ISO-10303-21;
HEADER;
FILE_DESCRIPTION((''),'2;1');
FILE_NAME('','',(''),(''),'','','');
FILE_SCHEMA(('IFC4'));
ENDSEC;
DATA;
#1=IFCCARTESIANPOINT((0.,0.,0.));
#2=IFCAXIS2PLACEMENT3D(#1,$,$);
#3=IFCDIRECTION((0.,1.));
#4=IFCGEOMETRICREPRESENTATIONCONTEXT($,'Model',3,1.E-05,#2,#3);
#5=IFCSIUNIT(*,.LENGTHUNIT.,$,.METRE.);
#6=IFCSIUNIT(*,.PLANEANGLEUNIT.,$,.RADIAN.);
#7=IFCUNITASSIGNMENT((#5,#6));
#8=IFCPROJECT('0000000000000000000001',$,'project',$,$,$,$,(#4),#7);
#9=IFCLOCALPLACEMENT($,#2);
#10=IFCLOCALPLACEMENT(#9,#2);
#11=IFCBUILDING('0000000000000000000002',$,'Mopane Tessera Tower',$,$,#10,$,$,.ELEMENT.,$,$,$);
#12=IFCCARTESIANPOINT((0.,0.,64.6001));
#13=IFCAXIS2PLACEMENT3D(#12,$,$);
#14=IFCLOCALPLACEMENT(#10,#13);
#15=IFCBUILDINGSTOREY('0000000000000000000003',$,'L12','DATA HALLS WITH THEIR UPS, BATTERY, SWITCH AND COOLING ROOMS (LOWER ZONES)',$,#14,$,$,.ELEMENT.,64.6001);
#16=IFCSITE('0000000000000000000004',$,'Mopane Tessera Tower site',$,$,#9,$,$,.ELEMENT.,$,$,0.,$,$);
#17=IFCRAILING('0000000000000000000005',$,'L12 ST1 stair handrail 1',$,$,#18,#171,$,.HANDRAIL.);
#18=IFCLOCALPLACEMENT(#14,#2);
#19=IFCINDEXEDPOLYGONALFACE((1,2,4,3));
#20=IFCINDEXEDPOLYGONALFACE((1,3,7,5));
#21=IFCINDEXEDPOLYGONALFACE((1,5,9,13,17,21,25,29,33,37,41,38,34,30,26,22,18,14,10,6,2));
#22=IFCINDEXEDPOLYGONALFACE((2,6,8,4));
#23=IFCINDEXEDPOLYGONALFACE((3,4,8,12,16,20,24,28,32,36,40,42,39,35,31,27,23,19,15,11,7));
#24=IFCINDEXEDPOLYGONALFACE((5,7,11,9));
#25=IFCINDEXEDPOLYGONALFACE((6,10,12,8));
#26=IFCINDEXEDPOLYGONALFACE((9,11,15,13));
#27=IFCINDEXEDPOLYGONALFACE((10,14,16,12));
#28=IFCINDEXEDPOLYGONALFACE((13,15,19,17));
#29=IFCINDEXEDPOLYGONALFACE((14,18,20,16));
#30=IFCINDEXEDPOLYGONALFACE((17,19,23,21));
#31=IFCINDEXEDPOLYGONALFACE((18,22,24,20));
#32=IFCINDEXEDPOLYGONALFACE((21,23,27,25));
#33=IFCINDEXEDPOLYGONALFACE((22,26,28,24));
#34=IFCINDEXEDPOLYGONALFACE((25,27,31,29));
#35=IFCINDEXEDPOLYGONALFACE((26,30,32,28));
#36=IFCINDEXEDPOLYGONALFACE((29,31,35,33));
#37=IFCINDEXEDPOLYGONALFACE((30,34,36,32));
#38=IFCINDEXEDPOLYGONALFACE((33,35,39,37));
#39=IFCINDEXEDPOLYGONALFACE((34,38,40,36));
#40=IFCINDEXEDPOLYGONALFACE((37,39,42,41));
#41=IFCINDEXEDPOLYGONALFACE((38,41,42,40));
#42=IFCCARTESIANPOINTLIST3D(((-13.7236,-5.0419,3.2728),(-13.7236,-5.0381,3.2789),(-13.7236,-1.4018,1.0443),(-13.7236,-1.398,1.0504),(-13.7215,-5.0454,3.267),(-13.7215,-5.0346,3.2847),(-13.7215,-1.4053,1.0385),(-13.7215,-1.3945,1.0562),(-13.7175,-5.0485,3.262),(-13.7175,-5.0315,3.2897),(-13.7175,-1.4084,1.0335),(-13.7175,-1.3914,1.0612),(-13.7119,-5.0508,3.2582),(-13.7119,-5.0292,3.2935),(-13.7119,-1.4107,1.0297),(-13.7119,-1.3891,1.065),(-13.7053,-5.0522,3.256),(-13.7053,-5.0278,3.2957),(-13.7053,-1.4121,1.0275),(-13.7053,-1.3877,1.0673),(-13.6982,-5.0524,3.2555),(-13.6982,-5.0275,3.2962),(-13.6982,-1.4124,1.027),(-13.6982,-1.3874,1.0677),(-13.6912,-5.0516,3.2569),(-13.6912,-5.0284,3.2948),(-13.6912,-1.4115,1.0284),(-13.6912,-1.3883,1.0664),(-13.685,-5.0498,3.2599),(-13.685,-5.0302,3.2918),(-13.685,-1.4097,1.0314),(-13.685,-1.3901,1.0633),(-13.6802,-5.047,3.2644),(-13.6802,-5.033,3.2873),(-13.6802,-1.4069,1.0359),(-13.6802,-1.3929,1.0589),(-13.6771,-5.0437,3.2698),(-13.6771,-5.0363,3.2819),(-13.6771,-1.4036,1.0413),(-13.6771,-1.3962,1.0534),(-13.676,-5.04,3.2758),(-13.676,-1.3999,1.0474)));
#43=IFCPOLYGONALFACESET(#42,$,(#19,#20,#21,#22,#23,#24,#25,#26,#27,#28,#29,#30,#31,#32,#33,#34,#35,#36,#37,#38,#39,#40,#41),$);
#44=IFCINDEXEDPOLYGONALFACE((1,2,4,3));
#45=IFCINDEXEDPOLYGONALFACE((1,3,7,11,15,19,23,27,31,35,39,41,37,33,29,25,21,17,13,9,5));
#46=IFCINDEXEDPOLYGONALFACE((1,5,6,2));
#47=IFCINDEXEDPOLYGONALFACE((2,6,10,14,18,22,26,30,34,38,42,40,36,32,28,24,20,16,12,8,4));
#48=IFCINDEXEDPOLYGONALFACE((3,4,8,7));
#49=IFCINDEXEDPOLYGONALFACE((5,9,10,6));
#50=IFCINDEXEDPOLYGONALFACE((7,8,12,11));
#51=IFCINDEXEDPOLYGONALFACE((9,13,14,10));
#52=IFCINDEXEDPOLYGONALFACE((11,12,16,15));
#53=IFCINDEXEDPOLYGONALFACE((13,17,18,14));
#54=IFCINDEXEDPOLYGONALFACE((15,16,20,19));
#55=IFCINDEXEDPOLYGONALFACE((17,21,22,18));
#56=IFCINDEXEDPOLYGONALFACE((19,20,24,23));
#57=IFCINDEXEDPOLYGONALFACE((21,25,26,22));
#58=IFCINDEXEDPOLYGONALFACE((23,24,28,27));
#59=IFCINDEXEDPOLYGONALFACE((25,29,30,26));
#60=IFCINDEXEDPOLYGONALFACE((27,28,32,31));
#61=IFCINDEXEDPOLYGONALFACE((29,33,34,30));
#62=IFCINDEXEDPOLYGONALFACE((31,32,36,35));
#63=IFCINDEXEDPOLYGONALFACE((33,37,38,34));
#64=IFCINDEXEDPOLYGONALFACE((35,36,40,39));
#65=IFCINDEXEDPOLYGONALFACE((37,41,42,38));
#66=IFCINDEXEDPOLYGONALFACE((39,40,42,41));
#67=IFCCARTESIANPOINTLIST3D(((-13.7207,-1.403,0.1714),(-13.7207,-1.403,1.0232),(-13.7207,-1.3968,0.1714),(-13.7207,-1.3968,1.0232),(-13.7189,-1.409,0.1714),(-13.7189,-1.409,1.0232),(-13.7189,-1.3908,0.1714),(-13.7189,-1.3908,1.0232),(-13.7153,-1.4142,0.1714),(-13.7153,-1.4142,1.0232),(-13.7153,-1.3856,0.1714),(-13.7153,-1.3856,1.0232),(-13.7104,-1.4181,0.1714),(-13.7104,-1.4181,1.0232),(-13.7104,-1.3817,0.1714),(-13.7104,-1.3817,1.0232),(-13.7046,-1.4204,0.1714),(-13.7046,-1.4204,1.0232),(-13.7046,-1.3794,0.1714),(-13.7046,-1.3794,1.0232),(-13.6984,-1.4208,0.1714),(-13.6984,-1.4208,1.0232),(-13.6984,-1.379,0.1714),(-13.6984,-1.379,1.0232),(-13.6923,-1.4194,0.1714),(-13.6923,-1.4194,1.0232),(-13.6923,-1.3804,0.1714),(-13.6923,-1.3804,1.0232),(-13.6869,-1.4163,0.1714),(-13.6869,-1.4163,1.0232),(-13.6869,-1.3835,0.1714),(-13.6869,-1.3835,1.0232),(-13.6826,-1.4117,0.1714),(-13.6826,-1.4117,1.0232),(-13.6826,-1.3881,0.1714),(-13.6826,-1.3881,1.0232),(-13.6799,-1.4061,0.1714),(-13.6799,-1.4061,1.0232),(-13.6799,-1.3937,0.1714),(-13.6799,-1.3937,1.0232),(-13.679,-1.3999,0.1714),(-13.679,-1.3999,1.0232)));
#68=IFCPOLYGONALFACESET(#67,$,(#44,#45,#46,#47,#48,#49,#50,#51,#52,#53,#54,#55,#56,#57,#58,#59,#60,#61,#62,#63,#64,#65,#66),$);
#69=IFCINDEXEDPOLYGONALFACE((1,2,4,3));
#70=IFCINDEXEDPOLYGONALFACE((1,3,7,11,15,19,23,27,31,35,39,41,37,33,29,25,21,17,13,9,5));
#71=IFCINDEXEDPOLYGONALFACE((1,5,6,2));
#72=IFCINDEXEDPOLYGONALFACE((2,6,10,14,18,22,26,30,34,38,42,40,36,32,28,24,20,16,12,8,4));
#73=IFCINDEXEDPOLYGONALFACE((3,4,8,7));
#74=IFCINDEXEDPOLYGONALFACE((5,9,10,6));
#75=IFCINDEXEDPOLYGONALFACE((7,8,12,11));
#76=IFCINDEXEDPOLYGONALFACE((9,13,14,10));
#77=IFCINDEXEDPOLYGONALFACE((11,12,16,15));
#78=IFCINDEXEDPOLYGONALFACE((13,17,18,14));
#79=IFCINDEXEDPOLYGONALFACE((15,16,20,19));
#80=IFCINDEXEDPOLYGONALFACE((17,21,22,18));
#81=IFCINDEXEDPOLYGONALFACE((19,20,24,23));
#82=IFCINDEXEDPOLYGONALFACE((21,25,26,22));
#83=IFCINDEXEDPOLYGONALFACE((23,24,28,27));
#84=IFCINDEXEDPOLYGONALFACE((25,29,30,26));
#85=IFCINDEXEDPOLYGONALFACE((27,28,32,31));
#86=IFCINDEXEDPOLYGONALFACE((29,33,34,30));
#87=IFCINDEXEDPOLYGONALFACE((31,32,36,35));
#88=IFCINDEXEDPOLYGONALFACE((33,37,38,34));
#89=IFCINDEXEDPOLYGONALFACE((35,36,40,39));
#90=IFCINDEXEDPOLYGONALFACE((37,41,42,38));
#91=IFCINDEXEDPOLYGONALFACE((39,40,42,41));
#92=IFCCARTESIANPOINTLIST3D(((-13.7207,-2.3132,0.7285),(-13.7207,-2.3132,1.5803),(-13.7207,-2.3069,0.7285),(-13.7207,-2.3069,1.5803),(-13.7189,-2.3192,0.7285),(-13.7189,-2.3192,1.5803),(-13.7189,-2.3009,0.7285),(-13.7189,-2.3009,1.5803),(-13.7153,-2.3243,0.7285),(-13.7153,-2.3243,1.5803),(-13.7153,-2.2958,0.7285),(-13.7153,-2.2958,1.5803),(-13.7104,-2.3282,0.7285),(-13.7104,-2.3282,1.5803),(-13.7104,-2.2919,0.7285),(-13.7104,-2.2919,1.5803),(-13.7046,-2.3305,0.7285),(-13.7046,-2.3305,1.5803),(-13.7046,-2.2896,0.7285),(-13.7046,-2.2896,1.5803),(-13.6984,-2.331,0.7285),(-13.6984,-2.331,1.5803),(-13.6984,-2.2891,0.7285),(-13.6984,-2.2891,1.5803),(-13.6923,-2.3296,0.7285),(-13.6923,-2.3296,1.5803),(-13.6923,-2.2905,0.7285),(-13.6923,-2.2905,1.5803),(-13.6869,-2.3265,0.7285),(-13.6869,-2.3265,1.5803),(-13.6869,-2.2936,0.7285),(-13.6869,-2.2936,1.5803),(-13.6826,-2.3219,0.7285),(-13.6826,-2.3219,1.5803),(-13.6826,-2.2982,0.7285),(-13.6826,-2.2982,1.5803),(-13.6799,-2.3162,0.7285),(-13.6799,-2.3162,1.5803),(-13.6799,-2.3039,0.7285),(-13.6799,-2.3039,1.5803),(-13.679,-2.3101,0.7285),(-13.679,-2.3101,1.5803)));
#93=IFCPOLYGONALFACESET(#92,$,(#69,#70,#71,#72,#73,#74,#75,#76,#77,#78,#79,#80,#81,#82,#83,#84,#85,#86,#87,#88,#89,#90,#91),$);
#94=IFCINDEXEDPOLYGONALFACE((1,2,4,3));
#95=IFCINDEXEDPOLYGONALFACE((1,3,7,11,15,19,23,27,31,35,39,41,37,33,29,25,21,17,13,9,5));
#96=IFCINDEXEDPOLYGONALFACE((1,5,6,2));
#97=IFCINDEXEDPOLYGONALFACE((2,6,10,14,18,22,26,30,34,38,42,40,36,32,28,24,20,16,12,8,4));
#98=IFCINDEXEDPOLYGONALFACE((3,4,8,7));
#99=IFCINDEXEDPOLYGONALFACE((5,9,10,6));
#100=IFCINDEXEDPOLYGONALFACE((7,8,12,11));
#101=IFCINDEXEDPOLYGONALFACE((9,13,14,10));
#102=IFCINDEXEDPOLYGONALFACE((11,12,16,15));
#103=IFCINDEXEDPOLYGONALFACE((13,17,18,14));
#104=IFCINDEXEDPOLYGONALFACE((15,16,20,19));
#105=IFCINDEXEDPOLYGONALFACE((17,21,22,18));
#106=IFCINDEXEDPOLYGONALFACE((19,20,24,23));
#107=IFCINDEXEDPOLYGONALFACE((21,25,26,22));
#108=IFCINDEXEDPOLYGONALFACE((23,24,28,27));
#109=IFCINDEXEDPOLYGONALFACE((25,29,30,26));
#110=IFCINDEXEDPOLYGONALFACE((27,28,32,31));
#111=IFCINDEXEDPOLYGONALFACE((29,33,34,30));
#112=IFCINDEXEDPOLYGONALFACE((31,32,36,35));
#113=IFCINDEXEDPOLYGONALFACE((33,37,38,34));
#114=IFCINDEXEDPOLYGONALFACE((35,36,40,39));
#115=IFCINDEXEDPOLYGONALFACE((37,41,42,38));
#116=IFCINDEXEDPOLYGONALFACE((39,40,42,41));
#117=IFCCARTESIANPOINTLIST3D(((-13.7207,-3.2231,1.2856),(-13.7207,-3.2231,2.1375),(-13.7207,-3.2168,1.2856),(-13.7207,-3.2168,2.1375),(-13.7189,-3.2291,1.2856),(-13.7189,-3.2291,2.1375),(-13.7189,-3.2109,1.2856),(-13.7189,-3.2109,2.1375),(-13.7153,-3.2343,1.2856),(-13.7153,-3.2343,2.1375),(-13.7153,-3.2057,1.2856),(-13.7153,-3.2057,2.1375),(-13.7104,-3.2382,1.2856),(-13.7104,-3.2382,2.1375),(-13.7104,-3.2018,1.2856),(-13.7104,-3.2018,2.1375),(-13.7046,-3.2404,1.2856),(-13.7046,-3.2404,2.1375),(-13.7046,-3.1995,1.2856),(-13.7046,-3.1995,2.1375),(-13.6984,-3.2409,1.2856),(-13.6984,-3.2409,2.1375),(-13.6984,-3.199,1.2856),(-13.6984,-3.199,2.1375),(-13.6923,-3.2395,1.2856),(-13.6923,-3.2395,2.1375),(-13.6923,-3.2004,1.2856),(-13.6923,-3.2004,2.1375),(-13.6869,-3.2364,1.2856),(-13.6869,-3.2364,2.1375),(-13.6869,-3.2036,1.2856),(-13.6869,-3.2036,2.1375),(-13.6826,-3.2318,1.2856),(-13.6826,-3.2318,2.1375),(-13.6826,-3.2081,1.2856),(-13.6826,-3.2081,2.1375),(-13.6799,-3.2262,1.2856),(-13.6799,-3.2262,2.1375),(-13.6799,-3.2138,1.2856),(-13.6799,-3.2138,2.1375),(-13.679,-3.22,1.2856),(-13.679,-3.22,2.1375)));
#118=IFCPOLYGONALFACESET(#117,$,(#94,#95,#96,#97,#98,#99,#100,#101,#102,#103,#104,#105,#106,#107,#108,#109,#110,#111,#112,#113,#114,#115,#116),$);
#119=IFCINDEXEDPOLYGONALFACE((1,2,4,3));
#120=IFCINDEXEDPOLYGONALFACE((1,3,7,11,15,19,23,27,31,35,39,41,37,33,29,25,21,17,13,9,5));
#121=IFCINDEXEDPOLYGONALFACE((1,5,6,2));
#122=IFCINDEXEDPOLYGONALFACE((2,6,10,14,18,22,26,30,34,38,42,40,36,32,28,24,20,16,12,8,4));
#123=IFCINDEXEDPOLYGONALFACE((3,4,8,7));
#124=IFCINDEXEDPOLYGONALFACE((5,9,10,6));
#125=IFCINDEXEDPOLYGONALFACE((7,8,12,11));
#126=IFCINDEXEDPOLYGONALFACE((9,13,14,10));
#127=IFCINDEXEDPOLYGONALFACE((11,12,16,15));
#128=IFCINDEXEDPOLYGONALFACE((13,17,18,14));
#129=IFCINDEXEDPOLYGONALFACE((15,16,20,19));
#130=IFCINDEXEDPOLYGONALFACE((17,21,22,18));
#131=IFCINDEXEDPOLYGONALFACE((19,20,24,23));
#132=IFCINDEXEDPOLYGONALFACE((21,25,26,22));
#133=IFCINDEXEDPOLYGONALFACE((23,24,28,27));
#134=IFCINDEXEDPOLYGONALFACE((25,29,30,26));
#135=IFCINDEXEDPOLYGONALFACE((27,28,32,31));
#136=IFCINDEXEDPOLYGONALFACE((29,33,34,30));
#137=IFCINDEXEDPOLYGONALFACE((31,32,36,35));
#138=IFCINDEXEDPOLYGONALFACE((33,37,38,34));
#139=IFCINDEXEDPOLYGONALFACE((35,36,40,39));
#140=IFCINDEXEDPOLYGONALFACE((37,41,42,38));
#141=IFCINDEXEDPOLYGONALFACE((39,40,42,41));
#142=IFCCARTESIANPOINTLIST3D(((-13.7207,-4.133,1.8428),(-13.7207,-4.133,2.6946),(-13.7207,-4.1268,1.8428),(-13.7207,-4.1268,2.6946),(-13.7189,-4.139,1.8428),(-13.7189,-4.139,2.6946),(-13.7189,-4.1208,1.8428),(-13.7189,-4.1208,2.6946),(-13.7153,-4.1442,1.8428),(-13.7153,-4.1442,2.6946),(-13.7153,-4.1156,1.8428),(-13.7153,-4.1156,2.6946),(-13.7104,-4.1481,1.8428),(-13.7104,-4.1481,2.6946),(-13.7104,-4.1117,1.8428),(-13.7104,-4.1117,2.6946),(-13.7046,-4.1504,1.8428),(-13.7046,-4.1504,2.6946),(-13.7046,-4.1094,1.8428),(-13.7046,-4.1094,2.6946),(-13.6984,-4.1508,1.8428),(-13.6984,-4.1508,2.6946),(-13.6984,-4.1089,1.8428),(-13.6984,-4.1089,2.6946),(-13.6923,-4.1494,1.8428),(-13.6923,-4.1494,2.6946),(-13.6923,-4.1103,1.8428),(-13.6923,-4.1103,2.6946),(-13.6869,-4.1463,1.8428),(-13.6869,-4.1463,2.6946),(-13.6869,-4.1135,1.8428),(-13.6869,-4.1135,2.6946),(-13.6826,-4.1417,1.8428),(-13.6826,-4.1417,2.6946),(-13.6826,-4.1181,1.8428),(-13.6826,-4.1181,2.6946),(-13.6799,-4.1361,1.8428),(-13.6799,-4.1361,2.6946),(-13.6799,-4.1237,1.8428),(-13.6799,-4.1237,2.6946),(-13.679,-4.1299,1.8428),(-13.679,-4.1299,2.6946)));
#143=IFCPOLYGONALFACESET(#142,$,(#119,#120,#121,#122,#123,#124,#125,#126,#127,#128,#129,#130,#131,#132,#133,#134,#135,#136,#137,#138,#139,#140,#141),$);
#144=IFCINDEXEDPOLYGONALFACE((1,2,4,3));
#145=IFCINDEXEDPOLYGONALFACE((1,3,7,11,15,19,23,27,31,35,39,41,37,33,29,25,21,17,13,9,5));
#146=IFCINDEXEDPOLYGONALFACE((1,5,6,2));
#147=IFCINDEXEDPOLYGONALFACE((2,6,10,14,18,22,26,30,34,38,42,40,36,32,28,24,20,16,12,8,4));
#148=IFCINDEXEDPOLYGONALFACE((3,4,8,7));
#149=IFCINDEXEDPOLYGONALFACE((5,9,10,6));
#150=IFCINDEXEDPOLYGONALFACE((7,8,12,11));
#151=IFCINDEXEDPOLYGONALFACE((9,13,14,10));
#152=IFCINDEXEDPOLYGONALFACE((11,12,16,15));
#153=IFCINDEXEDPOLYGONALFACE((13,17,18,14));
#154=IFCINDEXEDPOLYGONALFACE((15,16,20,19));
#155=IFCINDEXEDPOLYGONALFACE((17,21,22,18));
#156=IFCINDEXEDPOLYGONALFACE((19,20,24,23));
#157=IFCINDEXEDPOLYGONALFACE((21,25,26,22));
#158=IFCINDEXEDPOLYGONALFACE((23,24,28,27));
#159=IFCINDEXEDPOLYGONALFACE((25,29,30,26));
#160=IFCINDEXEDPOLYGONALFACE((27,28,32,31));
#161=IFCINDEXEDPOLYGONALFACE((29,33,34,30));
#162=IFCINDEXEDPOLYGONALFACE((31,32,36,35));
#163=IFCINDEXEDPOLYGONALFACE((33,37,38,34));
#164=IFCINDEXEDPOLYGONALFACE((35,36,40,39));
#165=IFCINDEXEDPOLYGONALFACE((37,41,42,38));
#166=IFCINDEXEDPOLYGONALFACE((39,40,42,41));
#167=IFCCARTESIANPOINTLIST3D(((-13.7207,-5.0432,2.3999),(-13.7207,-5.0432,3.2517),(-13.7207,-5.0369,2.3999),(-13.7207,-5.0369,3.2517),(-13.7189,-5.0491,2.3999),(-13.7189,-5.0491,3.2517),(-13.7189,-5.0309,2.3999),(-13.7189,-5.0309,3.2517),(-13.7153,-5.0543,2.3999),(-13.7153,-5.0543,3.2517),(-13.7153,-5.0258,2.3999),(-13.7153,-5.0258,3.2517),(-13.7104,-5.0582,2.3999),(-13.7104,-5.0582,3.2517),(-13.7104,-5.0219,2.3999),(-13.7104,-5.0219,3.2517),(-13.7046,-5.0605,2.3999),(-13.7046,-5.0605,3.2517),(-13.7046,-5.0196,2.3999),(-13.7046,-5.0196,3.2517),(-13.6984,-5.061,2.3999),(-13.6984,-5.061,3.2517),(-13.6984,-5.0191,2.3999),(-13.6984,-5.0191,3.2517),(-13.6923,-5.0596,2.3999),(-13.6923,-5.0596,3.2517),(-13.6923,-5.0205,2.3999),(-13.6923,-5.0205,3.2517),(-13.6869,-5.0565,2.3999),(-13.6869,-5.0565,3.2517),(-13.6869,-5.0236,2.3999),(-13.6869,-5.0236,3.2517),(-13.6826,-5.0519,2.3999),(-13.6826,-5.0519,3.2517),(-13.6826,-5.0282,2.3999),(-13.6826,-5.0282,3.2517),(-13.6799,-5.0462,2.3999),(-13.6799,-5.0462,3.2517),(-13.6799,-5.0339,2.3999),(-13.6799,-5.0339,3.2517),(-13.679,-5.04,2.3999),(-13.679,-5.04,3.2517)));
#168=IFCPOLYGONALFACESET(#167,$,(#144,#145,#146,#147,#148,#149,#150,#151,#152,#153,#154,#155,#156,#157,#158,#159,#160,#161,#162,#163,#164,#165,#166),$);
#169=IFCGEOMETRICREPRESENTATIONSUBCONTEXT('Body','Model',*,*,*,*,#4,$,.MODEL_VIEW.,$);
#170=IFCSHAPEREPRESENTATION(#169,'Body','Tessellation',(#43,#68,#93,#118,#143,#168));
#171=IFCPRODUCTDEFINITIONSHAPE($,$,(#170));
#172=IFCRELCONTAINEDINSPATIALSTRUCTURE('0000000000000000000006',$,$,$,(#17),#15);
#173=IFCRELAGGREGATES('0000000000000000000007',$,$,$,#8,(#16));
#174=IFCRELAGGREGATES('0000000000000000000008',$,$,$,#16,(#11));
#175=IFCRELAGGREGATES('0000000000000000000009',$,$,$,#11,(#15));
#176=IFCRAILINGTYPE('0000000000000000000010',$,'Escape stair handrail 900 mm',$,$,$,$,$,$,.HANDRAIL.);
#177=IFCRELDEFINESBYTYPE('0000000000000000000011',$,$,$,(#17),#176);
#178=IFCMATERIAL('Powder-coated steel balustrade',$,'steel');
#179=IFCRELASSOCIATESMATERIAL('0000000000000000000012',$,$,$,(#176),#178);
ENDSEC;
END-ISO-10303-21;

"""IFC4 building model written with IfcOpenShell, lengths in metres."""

from ifc_helpers import new_model, si_unit, direction, frame, origin, origin_2d, place, context, subcontext, project, spatial, circle, extrude, material, type_object, element, save


model = new_model("IFC4")

# Units and contexts
model_context = context("Model", 3, precision=1e-05, world=origin(), true_north=direction((0.0, 1.0)))
body_context = subcontext(model_context, "Body", "Model", "MODEL_VIEW")
ifc_project = project(units=[si_unit("LENGTHUNIT", "METRE"), si_unit("PLANEANGLEUNIT", "RADIAN")], contexts=[model_context])

# Site, building, storey
site_placement = place(None, origin())
site = spatial("IfcSite", under=ifc_project, at=site_placement, Name="Mopane Tessera Tower site", CompositionType="ELEMENT", RefElevation=0.0)
building_placement = place(site_placement, origin())
building = spatial("IfcBuilding", under=site, at=building_placement, Name="Mopane Tessera Tower", CompositionType="ELEMENT")
storey_placement = place(building_placement, frame((0.0, 0.0, 64.6001)))
storey = spatial("IfcBuildingStorey", under=building, at=storey_placement, Name="L12", Description="DATA HALLS WITH THEIR UPS, BATTERY, SWITCH AND COOLING ROOMS (LOWER ZONES)", CompositionType="ELEMENT", Elevation=64.6001)

# Railing
ifc_material_1 = material(Name="Powder-coated steel balustrade", Category="steel")
railing_type_1 = type_object("IfcRailingType", Name="Escape stair handrail 900 mm", PredefinedType="HANDRAIL", material=ifc_material_1)
railing_1_placement = place(storey_placement, frame((-13.7, -1.3999, 0.1714)))
element("IfcRailing", 1, at=railing_1_placement, inside=storey, type_object=railing_type_1, Name="L12 ST1 stair handrail 1", PredefinedType="HANDRAIL", context=body_context, shape_type="SweptSolid", body=[
    extrude(circle(Radius=0.0239, at=origin_2d()), frame((0.0, 0.0, 0.876), z_axis=(0.0, -0.852866, 0.52213), x_axis=(1.0, 0.0, 0.0)), (0.0, 0.0, 1.0), 4.2681),
    extrude(circle(Radius=0.021, at=origin_2d()), origin(), (0.0, 0.0, 1.0), 0.8518),
    extrude(circle(Radius=0.021, at=origin_2d()), frame((0.0, -0.9102, 0.5571)), (0.0, 0.0, 1.0), 0.8518),
    extrude(circle(Radius=0.021, at=origin_2d()), frame((0.0, -1.8201, 1.1143)), (0.0, 0.0, 1.0), 0.8518),
    extrude(circle(Radius=0.021, at=origin_2d()), frame((0.0, -2.73, 1.6714)), (0.0, 0.0, 1.0), 0.8518),
    extrude(circle(Radius=0.021, at=origin_2d()), frame((0.0, -3.6401, 2.2285)), (0.0, 0.0, 1.0), 0.8518),
])

save(model, "model.ifc")
